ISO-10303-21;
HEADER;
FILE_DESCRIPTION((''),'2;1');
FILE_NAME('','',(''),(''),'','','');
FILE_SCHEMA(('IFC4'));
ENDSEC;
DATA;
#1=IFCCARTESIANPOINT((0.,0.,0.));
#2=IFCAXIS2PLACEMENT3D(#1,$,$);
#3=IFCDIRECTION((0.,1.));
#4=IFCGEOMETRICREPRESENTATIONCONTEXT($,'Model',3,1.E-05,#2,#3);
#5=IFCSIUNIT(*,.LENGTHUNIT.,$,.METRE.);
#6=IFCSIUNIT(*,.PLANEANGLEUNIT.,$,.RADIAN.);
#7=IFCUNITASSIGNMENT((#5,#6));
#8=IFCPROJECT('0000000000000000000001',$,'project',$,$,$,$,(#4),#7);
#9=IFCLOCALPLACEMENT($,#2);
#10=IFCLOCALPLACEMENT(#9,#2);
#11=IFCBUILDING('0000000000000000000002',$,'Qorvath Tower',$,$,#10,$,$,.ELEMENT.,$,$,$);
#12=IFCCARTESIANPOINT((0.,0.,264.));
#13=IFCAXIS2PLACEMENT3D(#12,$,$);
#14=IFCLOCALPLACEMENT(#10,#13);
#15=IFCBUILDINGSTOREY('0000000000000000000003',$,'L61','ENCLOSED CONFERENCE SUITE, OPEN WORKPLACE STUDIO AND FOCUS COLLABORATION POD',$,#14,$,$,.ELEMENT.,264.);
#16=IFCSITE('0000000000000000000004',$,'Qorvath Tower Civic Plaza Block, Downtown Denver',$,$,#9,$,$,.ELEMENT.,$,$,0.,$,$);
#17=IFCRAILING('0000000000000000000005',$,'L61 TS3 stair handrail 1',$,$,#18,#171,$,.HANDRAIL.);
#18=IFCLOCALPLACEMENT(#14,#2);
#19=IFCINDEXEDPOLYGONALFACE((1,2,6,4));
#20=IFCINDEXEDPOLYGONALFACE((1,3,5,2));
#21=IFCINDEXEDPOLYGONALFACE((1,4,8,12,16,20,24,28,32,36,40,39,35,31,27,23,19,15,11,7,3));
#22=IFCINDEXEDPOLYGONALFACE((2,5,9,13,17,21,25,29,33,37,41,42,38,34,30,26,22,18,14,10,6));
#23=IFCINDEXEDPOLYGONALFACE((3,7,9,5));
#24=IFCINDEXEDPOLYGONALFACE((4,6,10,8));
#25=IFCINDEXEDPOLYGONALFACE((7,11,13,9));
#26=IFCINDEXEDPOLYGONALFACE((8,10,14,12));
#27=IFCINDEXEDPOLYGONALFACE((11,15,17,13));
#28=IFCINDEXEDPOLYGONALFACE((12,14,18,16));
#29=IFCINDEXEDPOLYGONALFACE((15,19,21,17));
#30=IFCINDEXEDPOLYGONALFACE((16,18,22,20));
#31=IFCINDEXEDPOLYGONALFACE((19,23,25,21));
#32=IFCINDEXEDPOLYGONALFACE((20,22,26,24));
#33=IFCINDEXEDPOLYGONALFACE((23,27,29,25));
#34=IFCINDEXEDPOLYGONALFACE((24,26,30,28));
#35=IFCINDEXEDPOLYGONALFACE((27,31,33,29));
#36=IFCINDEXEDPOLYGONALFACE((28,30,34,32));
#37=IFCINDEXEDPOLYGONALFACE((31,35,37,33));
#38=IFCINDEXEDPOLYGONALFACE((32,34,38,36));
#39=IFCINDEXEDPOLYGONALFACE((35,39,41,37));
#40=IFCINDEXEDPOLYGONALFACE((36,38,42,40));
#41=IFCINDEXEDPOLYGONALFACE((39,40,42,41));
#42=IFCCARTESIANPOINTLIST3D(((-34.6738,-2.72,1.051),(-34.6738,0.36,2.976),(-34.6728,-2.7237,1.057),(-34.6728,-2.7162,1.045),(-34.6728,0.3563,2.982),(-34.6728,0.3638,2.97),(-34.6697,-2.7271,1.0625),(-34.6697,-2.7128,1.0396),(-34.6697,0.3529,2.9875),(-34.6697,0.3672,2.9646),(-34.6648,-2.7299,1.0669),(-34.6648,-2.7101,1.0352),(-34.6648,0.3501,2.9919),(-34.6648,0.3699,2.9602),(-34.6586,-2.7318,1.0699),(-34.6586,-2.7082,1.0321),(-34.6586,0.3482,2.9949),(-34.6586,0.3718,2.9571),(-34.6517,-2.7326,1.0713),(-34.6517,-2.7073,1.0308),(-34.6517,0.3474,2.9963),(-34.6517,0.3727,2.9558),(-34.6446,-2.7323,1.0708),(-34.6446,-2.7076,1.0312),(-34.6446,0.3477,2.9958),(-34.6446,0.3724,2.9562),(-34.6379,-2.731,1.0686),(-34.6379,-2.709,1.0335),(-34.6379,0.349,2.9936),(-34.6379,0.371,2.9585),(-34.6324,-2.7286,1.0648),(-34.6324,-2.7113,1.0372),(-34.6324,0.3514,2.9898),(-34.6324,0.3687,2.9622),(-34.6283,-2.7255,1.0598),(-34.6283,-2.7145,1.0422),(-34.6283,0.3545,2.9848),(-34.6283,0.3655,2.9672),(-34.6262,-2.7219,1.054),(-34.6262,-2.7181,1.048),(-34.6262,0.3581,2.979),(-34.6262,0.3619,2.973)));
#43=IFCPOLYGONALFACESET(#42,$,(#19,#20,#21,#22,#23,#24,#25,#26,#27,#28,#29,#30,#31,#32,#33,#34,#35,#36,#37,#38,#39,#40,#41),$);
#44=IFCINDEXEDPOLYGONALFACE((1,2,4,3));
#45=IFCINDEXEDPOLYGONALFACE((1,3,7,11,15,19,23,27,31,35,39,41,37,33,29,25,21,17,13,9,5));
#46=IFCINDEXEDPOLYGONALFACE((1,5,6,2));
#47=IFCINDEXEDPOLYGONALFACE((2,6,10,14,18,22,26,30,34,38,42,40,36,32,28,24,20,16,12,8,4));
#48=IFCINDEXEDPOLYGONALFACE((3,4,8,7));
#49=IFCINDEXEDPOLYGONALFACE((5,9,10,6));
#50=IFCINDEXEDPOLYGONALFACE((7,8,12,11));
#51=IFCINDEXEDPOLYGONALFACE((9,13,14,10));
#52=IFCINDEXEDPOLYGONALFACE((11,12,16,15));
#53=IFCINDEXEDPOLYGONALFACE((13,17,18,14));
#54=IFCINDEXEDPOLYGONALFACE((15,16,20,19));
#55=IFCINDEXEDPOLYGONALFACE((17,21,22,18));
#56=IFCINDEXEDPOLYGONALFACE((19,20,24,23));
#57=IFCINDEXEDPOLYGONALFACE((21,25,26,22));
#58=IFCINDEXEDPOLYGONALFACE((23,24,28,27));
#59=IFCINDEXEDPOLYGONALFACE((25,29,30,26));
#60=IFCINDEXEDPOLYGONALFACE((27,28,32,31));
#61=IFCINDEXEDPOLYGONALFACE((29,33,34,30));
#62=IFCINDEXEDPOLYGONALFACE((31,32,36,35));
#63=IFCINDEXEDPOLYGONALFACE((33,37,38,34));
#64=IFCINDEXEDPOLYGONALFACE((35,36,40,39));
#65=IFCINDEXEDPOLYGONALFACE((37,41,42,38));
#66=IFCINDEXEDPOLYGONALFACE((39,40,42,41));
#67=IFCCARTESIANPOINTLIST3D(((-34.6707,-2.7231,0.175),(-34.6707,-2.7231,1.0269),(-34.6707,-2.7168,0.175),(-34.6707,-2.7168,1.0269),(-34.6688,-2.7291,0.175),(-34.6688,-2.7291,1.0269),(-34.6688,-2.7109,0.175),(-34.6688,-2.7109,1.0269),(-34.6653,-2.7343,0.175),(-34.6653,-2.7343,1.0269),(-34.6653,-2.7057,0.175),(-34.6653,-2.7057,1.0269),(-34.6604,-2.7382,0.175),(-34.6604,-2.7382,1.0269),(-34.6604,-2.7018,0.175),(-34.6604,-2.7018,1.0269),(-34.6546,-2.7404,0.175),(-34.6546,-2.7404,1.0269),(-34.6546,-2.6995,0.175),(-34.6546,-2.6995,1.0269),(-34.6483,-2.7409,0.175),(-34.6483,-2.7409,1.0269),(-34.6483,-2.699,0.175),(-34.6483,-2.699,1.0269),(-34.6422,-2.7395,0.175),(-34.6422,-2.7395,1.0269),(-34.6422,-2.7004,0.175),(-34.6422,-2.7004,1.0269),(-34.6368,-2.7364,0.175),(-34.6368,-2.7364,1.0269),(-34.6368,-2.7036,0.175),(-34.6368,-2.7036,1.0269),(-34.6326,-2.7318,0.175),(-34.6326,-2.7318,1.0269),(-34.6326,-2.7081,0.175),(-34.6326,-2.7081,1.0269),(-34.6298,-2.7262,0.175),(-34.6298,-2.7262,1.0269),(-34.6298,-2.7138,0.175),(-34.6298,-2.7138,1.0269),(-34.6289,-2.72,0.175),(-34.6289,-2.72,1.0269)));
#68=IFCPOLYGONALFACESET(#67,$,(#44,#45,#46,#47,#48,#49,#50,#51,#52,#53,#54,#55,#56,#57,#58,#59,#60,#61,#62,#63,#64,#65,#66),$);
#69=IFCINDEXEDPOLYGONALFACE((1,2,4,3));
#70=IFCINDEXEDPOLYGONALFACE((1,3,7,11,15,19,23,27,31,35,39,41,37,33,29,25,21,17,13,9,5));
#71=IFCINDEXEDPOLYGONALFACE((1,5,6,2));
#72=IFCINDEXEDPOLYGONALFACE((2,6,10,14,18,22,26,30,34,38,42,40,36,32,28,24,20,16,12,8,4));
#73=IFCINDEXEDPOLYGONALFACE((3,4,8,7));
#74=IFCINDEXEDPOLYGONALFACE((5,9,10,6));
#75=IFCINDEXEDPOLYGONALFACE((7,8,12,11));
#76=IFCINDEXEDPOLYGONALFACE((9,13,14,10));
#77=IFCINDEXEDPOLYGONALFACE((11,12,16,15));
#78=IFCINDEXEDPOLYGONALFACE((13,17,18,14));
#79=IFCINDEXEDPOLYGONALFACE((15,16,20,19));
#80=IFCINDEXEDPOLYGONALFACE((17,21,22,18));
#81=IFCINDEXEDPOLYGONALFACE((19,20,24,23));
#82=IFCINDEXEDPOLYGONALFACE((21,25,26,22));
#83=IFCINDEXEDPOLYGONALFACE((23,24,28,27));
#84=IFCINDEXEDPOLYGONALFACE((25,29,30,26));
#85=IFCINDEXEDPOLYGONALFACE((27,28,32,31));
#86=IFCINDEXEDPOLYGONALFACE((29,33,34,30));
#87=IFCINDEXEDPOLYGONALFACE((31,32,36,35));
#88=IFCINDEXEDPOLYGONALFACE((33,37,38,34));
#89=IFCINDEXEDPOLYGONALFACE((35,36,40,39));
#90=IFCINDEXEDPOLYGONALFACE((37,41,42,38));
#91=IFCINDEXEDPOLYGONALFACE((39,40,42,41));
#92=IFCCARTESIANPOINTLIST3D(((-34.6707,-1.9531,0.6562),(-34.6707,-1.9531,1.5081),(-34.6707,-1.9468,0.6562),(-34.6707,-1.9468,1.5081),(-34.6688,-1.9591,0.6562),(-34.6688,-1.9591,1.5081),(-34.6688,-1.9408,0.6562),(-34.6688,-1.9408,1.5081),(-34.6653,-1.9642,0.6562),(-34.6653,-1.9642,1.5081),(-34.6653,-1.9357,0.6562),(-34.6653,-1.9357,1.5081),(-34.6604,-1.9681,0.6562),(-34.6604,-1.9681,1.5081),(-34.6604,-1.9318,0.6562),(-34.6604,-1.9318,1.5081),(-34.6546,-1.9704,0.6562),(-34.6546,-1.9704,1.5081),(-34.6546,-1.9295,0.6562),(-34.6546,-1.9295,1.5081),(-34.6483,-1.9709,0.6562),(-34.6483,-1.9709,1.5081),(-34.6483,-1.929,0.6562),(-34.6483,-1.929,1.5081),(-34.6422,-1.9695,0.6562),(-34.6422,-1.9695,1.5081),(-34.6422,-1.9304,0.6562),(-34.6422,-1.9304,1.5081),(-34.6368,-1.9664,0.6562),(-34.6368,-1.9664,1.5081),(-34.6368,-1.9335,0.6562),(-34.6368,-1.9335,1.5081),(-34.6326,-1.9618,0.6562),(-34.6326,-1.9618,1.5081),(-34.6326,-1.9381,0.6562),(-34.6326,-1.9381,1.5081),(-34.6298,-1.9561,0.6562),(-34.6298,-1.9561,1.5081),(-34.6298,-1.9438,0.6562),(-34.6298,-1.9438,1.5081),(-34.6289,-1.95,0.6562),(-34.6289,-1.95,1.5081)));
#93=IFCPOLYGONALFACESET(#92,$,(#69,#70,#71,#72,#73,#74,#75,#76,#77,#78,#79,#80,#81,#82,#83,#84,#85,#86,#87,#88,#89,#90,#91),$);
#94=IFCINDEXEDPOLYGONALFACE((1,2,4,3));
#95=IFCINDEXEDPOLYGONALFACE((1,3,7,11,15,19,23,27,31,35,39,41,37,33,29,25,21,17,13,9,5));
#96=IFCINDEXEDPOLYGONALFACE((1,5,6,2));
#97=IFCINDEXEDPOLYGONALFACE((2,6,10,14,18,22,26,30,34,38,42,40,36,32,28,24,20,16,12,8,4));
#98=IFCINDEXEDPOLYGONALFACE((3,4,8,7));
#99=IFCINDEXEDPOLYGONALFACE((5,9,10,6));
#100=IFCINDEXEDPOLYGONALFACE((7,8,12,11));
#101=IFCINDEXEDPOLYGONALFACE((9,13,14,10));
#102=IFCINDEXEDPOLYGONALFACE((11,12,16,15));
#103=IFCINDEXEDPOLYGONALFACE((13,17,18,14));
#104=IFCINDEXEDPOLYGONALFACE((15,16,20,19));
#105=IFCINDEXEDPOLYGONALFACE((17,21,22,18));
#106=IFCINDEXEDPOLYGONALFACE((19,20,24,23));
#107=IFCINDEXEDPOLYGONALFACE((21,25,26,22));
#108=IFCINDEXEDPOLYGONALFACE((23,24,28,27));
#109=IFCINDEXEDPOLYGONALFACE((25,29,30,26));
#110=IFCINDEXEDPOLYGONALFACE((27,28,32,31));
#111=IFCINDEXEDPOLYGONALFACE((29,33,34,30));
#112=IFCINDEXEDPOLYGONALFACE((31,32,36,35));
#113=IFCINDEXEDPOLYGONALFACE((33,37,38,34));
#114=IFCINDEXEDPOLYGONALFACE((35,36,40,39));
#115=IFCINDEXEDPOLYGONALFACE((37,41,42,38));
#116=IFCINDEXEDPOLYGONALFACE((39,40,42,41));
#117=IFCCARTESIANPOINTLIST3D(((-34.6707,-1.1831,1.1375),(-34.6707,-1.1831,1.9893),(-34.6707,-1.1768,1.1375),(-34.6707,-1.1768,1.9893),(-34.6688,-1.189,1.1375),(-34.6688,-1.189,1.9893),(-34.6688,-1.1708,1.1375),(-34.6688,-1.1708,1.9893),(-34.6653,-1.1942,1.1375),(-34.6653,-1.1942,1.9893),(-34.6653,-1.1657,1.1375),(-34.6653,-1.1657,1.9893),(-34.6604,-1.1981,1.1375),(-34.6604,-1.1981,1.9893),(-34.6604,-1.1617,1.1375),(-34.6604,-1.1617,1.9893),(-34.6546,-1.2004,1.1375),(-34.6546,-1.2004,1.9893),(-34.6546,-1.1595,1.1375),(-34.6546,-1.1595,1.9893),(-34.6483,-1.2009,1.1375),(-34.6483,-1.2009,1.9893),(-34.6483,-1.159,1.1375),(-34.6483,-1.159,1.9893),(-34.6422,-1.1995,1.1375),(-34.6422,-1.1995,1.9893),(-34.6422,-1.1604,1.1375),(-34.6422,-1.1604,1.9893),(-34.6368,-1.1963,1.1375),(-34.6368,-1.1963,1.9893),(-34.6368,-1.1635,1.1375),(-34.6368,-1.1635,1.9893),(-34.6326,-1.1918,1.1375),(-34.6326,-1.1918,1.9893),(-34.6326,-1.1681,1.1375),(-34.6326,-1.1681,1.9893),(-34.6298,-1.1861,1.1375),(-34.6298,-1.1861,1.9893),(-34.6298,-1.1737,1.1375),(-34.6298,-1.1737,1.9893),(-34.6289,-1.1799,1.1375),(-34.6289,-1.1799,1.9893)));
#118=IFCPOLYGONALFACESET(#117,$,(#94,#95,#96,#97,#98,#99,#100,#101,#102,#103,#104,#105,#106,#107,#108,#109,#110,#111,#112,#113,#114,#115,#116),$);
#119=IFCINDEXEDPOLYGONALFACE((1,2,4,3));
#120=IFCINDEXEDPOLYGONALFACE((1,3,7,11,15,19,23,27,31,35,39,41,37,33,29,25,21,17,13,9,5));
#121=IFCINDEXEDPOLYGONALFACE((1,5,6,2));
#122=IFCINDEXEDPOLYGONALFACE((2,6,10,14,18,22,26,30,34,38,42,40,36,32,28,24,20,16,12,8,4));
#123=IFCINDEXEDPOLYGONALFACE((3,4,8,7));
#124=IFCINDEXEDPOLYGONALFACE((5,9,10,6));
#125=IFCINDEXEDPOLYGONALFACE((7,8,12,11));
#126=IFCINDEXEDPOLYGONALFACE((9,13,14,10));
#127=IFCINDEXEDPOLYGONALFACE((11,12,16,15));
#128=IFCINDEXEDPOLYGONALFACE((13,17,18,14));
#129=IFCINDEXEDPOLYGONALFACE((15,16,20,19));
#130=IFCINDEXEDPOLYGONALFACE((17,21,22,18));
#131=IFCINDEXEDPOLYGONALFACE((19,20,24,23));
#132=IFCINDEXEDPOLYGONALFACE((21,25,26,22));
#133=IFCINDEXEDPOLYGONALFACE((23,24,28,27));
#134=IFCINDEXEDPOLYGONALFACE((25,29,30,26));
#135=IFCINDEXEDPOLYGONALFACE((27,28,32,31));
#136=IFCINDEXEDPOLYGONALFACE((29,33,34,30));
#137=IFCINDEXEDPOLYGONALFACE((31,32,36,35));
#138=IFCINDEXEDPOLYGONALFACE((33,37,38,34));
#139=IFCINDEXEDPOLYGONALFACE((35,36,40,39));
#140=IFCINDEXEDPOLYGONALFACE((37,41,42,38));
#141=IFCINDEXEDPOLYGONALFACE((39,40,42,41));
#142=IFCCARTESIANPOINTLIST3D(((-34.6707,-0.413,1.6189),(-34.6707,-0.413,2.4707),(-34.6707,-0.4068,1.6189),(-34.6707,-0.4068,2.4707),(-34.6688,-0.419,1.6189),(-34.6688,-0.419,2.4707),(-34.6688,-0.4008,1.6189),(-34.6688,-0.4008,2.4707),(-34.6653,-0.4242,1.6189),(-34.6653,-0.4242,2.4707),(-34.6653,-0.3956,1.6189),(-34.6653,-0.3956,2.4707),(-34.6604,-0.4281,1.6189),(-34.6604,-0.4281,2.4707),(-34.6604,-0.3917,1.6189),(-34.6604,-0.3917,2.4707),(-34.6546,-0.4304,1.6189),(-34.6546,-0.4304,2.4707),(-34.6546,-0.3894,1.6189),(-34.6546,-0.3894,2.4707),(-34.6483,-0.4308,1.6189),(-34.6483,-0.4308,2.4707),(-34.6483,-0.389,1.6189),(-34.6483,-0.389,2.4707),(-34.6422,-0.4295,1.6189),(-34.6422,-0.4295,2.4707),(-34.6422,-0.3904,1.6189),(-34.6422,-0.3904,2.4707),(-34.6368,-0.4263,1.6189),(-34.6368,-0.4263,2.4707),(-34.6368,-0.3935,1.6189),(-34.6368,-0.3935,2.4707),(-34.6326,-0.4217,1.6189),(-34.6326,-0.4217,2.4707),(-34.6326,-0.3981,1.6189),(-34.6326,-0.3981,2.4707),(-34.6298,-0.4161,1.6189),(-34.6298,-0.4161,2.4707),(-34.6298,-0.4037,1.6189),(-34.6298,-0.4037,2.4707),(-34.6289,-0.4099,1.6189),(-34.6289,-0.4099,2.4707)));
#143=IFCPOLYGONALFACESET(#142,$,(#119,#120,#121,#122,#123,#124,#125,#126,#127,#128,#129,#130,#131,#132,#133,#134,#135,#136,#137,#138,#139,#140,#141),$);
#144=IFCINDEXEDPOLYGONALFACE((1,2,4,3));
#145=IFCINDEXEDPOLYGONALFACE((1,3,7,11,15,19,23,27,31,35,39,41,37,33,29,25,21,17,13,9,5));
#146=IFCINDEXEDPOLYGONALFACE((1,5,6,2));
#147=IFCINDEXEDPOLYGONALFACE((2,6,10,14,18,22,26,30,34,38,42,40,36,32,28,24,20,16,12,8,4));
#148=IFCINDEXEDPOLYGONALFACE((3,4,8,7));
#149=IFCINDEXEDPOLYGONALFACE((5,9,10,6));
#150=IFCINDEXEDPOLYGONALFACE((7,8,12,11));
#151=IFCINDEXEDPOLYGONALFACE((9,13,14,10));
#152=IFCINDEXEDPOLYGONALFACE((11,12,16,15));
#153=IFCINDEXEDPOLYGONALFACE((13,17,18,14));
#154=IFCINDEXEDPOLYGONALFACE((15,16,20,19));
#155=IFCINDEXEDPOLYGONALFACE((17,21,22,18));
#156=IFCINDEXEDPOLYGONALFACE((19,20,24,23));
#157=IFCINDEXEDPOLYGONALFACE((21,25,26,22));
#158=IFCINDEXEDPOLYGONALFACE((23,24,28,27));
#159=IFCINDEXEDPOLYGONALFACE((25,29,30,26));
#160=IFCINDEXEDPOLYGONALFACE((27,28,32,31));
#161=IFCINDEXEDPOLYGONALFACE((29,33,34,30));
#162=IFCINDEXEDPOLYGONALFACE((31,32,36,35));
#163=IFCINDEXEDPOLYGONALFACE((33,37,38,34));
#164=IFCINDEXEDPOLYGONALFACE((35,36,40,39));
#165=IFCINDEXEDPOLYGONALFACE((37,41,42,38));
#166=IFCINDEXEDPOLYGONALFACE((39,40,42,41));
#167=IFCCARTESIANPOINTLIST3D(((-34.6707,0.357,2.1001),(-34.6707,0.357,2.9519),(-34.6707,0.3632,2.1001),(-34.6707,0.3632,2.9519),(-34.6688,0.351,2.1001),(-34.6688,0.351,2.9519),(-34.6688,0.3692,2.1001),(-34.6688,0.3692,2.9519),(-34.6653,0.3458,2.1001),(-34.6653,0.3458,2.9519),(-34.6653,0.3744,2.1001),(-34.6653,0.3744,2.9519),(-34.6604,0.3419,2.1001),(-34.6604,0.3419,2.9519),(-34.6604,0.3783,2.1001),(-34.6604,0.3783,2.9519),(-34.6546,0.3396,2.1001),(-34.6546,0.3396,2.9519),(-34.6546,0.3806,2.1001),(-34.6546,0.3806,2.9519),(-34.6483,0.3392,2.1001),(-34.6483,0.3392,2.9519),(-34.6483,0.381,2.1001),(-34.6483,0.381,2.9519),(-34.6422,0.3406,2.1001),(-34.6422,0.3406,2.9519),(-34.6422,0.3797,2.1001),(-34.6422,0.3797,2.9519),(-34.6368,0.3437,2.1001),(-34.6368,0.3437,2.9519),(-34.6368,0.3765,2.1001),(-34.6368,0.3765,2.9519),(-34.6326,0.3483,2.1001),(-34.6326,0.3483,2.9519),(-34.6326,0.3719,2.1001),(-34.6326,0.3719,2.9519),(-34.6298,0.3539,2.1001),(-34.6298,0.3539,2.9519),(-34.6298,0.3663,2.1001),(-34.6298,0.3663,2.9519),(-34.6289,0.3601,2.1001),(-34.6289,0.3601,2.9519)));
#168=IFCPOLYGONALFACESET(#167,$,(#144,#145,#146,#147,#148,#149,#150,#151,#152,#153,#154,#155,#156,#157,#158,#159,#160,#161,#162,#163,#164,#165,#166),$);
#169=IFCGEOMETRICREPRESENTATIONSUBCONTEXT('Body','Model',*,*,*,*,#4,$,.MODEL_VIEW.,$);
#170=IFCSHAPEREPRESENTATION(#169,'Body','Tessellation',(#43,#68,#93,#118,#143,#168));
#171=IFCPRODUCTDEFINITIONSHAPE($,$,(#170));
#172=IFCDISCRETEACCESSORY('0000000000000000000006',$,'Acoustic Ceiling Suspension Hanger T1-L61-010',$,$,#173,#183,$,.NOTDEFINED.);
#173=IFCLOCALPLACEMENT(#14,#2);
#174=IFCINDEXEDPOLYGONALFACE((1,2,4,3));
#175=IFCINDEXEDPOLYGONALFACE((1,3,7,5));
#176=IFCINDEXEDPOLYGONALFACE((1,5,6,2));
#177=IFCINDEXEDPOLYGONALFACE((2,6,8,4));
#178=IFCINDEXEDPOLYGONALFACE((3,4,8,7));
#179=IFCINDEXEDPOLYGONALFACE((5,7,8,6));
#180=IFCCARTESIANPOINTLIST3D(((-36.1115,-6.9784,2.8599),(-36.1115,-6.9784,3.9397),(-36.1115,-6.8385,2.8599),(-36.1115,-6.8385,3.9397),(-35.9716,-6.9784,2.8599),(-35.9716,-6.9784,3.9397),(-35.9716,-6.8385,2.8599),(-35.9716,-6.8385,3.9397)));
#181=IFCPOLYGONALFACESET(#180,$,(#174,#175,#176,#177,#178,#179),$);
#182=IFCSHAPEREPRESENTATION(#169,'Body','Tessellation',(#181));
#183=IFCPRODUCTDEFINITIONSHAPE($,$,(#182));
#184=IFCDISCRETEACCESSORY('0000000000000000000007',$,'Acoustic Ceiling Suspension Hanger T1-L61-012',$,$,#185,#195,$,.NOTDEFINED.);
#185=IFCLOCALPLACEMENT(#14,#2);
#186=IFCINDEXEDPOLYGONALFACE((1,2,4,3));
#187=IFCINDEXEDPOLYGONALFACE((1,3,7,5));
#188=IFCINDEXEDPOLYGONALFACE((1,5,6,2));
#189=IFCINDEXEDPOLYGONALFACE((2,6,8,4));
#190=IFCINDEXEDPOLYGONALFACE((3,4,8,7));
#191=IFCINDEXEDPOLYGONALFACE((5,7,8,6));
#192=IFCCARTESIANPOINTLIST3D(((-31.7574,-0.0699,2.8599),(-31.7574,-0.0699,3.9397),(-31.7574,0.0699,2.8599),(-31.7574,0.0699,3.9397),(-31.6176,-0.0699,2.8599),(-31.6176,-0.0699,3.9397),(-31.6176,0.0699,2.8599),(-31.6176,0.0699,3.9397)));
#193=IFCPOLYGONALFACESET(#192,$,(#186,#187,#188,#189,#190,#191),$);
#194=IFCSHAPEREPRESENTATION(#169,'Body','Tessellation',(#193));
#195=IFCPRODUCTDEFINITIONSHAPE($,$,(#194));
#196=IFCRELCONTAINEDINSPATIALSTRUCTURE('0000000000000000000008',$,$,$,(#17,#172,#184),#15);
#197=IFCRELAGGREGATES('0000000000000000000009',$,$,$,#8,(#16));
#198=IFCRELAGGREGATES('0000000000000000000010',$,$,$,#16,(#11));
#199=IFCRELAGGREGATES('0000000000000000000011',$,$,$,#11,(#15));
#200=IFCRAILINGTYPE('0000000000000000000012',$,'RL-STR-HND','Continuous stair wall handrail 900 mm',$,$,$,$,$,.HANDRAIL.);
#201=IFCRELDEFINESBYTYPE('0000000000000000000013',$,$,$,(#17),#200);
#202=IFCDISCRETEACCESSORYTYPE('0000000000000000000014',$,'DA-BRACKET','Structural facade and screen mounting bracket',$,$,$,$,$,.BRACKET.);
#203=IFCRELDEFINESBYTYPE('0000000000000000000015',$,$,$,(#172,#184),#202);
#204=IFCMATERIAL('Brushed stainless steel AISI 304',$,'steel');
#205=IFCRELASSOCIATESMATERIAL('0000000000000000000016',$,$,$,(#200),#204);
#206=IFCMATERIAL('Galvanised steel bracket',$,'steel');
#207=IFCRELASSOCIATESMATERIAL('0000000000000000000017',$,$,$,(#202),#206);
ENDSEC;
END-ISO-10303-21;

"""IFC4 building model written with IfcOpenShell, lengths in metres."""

from ifc_helpers import new_model, si_unit, direction, frame, origin, origin_2d, place, context, subcontext, project, spatial, rectangle, circle, extrude, material, type_object, element, save


model = new_model("IFC4")

# Units and contexts
model_context = context("Model", 3, precision=1e-05, world=origin(), true_north=direction((0.0, 1.0)))
body_context = subcontext(model_context, "Body", "Model", "MODEL_VIEW")
ifc_project = project(units=[si_unit("LENGTHUNIT", "METRE"), si_unit("PLANEANGLEUNIT", "RADIAN")], contexts=[model_context])

# Site, building, storey
site_placement = place(None, origin())
site = spatial("IfcSite", under=ifc_project, at=site_placement, Name="Qorvath Tower Civic Plaza Block, Downtown Denver", CompositionType="ELEMENT", RefElevation=0.0)
building_placement = place(site_placement, origin())
building = spatial("IfcBuilding", under=site, at=building_placement, Name="Qorvath Tower", CompositionType="ELEMENT")
storey_placement = place(building_placement, frame((0.0, 0.0, 264.0)))
storey = spatial("IfcBuildingStorey", under=building, at=storey_placement, Name="L61", Description="ENCLOSED CONFERENCE SUITE, OPEN WORKPLACE STUDIO AND FOCUS COLLABORATION POD", CompositionType="ELEMENT", Elevation=264.0)

# Railing
ifc_material_1 = material(Name="Brushed stainless steel AISI 304", Category="steel")
railing_type_1 = type_object("IfcRailingType", Name="RL-STR-HND", Description="Continuous stair wall handrail 900 mm", PredefinedType="HANDRAIL", material=ifc_material_1)
railing_1_placement = place(storey_placement, frame((-34.6499, -2.72, 0.175)))
element("IfcRailing", 1, at=railing_1_placement, inside=storey, type_object=railing_type_1, Name="L61 TS3 stair handrail 1", PredefinedType="HANDRAIL", context=body_context, shape_type="SweptSolid", body=[
    extrude(circle(Radius=0.0239, at=origin_2d()), frame((0.0, 0.0, 0.876), z_axis=(0.0, 0.847998, 0.529999), x_axis=(-1.0, 0.0, 0.0)), (0.0, 0.0, 1.0), 3.6321),
    extrude(circle(Radius=0.021, at=origin_2d()), origin(), (0.0, 0.0, 1.0), 0.8518),
    extrude(circle(Radius=0.021, at=origin_2d()), frame((0.0, 0.77, 0.4812)), (0.0, 0.0, 1.0), 0.8518),
    extrude(circle(Radius=0.021, at=origin_2d()), frame((0.0, 1.54, 0.9624)), (0.0, 0.0, 1.0), 0.8518),
    extrude(circle(Radius=0.021, at=origin_2d()), frame((0.0, 2.3101, 1.4438)), (0.0, 0.0, 1.0), 0.8518),
    extrude(circle(Radius=0.021, at=origin_2d()), frame((0.0, 3.0801, 1.925)), (0.0, 0.0, 1.0), 0.8518),
])

# Discrete accessories
ifc_material_2 = material(Name="Galvanised steel bracket", Category="steel")
discrete_accessory_type = type_object("IfcDiscreteAccessoryType", Name="DA-BRACKET", Description="Structural facade and screen mounting bracket", PredefinedType="BRACKET", material=ifc_material_2)
for number, where, z_axis, x_axis, name in (
    (2, (-36.0415, -6.9084, 2.8599), (0.0, 0.0, 1.0), (1.0, 0.0, 0.0), "Acoustic Ceiling Suspension Hanger T1-L61-010"),
    (3, (-31.6875, 0.0, 2.8599), (0.0, 0.0, 1.0), (1.0, 0.0, 0.0), "Acoustic Ceiling Suspension Hanger T1-L61-012"),
):
    element("IfcDiscreteAccessory", number, at=place(storey_placement, frame(where, z_axis=z_axis, x_axis=x_axis)), inside=storey, type_object=discrete_accessory_type, Name=name, PredefinedType="NOTDEFINED", context=body_context, shape_type="SweptSolid", body=[
        extrude(rectangle(XDim=0.1399, YDim=0.1399, at=origin_2d()), origin(), (0.0, 0.0, 1.0), 1.0798),
    ])

save(model, "model.ifc")
